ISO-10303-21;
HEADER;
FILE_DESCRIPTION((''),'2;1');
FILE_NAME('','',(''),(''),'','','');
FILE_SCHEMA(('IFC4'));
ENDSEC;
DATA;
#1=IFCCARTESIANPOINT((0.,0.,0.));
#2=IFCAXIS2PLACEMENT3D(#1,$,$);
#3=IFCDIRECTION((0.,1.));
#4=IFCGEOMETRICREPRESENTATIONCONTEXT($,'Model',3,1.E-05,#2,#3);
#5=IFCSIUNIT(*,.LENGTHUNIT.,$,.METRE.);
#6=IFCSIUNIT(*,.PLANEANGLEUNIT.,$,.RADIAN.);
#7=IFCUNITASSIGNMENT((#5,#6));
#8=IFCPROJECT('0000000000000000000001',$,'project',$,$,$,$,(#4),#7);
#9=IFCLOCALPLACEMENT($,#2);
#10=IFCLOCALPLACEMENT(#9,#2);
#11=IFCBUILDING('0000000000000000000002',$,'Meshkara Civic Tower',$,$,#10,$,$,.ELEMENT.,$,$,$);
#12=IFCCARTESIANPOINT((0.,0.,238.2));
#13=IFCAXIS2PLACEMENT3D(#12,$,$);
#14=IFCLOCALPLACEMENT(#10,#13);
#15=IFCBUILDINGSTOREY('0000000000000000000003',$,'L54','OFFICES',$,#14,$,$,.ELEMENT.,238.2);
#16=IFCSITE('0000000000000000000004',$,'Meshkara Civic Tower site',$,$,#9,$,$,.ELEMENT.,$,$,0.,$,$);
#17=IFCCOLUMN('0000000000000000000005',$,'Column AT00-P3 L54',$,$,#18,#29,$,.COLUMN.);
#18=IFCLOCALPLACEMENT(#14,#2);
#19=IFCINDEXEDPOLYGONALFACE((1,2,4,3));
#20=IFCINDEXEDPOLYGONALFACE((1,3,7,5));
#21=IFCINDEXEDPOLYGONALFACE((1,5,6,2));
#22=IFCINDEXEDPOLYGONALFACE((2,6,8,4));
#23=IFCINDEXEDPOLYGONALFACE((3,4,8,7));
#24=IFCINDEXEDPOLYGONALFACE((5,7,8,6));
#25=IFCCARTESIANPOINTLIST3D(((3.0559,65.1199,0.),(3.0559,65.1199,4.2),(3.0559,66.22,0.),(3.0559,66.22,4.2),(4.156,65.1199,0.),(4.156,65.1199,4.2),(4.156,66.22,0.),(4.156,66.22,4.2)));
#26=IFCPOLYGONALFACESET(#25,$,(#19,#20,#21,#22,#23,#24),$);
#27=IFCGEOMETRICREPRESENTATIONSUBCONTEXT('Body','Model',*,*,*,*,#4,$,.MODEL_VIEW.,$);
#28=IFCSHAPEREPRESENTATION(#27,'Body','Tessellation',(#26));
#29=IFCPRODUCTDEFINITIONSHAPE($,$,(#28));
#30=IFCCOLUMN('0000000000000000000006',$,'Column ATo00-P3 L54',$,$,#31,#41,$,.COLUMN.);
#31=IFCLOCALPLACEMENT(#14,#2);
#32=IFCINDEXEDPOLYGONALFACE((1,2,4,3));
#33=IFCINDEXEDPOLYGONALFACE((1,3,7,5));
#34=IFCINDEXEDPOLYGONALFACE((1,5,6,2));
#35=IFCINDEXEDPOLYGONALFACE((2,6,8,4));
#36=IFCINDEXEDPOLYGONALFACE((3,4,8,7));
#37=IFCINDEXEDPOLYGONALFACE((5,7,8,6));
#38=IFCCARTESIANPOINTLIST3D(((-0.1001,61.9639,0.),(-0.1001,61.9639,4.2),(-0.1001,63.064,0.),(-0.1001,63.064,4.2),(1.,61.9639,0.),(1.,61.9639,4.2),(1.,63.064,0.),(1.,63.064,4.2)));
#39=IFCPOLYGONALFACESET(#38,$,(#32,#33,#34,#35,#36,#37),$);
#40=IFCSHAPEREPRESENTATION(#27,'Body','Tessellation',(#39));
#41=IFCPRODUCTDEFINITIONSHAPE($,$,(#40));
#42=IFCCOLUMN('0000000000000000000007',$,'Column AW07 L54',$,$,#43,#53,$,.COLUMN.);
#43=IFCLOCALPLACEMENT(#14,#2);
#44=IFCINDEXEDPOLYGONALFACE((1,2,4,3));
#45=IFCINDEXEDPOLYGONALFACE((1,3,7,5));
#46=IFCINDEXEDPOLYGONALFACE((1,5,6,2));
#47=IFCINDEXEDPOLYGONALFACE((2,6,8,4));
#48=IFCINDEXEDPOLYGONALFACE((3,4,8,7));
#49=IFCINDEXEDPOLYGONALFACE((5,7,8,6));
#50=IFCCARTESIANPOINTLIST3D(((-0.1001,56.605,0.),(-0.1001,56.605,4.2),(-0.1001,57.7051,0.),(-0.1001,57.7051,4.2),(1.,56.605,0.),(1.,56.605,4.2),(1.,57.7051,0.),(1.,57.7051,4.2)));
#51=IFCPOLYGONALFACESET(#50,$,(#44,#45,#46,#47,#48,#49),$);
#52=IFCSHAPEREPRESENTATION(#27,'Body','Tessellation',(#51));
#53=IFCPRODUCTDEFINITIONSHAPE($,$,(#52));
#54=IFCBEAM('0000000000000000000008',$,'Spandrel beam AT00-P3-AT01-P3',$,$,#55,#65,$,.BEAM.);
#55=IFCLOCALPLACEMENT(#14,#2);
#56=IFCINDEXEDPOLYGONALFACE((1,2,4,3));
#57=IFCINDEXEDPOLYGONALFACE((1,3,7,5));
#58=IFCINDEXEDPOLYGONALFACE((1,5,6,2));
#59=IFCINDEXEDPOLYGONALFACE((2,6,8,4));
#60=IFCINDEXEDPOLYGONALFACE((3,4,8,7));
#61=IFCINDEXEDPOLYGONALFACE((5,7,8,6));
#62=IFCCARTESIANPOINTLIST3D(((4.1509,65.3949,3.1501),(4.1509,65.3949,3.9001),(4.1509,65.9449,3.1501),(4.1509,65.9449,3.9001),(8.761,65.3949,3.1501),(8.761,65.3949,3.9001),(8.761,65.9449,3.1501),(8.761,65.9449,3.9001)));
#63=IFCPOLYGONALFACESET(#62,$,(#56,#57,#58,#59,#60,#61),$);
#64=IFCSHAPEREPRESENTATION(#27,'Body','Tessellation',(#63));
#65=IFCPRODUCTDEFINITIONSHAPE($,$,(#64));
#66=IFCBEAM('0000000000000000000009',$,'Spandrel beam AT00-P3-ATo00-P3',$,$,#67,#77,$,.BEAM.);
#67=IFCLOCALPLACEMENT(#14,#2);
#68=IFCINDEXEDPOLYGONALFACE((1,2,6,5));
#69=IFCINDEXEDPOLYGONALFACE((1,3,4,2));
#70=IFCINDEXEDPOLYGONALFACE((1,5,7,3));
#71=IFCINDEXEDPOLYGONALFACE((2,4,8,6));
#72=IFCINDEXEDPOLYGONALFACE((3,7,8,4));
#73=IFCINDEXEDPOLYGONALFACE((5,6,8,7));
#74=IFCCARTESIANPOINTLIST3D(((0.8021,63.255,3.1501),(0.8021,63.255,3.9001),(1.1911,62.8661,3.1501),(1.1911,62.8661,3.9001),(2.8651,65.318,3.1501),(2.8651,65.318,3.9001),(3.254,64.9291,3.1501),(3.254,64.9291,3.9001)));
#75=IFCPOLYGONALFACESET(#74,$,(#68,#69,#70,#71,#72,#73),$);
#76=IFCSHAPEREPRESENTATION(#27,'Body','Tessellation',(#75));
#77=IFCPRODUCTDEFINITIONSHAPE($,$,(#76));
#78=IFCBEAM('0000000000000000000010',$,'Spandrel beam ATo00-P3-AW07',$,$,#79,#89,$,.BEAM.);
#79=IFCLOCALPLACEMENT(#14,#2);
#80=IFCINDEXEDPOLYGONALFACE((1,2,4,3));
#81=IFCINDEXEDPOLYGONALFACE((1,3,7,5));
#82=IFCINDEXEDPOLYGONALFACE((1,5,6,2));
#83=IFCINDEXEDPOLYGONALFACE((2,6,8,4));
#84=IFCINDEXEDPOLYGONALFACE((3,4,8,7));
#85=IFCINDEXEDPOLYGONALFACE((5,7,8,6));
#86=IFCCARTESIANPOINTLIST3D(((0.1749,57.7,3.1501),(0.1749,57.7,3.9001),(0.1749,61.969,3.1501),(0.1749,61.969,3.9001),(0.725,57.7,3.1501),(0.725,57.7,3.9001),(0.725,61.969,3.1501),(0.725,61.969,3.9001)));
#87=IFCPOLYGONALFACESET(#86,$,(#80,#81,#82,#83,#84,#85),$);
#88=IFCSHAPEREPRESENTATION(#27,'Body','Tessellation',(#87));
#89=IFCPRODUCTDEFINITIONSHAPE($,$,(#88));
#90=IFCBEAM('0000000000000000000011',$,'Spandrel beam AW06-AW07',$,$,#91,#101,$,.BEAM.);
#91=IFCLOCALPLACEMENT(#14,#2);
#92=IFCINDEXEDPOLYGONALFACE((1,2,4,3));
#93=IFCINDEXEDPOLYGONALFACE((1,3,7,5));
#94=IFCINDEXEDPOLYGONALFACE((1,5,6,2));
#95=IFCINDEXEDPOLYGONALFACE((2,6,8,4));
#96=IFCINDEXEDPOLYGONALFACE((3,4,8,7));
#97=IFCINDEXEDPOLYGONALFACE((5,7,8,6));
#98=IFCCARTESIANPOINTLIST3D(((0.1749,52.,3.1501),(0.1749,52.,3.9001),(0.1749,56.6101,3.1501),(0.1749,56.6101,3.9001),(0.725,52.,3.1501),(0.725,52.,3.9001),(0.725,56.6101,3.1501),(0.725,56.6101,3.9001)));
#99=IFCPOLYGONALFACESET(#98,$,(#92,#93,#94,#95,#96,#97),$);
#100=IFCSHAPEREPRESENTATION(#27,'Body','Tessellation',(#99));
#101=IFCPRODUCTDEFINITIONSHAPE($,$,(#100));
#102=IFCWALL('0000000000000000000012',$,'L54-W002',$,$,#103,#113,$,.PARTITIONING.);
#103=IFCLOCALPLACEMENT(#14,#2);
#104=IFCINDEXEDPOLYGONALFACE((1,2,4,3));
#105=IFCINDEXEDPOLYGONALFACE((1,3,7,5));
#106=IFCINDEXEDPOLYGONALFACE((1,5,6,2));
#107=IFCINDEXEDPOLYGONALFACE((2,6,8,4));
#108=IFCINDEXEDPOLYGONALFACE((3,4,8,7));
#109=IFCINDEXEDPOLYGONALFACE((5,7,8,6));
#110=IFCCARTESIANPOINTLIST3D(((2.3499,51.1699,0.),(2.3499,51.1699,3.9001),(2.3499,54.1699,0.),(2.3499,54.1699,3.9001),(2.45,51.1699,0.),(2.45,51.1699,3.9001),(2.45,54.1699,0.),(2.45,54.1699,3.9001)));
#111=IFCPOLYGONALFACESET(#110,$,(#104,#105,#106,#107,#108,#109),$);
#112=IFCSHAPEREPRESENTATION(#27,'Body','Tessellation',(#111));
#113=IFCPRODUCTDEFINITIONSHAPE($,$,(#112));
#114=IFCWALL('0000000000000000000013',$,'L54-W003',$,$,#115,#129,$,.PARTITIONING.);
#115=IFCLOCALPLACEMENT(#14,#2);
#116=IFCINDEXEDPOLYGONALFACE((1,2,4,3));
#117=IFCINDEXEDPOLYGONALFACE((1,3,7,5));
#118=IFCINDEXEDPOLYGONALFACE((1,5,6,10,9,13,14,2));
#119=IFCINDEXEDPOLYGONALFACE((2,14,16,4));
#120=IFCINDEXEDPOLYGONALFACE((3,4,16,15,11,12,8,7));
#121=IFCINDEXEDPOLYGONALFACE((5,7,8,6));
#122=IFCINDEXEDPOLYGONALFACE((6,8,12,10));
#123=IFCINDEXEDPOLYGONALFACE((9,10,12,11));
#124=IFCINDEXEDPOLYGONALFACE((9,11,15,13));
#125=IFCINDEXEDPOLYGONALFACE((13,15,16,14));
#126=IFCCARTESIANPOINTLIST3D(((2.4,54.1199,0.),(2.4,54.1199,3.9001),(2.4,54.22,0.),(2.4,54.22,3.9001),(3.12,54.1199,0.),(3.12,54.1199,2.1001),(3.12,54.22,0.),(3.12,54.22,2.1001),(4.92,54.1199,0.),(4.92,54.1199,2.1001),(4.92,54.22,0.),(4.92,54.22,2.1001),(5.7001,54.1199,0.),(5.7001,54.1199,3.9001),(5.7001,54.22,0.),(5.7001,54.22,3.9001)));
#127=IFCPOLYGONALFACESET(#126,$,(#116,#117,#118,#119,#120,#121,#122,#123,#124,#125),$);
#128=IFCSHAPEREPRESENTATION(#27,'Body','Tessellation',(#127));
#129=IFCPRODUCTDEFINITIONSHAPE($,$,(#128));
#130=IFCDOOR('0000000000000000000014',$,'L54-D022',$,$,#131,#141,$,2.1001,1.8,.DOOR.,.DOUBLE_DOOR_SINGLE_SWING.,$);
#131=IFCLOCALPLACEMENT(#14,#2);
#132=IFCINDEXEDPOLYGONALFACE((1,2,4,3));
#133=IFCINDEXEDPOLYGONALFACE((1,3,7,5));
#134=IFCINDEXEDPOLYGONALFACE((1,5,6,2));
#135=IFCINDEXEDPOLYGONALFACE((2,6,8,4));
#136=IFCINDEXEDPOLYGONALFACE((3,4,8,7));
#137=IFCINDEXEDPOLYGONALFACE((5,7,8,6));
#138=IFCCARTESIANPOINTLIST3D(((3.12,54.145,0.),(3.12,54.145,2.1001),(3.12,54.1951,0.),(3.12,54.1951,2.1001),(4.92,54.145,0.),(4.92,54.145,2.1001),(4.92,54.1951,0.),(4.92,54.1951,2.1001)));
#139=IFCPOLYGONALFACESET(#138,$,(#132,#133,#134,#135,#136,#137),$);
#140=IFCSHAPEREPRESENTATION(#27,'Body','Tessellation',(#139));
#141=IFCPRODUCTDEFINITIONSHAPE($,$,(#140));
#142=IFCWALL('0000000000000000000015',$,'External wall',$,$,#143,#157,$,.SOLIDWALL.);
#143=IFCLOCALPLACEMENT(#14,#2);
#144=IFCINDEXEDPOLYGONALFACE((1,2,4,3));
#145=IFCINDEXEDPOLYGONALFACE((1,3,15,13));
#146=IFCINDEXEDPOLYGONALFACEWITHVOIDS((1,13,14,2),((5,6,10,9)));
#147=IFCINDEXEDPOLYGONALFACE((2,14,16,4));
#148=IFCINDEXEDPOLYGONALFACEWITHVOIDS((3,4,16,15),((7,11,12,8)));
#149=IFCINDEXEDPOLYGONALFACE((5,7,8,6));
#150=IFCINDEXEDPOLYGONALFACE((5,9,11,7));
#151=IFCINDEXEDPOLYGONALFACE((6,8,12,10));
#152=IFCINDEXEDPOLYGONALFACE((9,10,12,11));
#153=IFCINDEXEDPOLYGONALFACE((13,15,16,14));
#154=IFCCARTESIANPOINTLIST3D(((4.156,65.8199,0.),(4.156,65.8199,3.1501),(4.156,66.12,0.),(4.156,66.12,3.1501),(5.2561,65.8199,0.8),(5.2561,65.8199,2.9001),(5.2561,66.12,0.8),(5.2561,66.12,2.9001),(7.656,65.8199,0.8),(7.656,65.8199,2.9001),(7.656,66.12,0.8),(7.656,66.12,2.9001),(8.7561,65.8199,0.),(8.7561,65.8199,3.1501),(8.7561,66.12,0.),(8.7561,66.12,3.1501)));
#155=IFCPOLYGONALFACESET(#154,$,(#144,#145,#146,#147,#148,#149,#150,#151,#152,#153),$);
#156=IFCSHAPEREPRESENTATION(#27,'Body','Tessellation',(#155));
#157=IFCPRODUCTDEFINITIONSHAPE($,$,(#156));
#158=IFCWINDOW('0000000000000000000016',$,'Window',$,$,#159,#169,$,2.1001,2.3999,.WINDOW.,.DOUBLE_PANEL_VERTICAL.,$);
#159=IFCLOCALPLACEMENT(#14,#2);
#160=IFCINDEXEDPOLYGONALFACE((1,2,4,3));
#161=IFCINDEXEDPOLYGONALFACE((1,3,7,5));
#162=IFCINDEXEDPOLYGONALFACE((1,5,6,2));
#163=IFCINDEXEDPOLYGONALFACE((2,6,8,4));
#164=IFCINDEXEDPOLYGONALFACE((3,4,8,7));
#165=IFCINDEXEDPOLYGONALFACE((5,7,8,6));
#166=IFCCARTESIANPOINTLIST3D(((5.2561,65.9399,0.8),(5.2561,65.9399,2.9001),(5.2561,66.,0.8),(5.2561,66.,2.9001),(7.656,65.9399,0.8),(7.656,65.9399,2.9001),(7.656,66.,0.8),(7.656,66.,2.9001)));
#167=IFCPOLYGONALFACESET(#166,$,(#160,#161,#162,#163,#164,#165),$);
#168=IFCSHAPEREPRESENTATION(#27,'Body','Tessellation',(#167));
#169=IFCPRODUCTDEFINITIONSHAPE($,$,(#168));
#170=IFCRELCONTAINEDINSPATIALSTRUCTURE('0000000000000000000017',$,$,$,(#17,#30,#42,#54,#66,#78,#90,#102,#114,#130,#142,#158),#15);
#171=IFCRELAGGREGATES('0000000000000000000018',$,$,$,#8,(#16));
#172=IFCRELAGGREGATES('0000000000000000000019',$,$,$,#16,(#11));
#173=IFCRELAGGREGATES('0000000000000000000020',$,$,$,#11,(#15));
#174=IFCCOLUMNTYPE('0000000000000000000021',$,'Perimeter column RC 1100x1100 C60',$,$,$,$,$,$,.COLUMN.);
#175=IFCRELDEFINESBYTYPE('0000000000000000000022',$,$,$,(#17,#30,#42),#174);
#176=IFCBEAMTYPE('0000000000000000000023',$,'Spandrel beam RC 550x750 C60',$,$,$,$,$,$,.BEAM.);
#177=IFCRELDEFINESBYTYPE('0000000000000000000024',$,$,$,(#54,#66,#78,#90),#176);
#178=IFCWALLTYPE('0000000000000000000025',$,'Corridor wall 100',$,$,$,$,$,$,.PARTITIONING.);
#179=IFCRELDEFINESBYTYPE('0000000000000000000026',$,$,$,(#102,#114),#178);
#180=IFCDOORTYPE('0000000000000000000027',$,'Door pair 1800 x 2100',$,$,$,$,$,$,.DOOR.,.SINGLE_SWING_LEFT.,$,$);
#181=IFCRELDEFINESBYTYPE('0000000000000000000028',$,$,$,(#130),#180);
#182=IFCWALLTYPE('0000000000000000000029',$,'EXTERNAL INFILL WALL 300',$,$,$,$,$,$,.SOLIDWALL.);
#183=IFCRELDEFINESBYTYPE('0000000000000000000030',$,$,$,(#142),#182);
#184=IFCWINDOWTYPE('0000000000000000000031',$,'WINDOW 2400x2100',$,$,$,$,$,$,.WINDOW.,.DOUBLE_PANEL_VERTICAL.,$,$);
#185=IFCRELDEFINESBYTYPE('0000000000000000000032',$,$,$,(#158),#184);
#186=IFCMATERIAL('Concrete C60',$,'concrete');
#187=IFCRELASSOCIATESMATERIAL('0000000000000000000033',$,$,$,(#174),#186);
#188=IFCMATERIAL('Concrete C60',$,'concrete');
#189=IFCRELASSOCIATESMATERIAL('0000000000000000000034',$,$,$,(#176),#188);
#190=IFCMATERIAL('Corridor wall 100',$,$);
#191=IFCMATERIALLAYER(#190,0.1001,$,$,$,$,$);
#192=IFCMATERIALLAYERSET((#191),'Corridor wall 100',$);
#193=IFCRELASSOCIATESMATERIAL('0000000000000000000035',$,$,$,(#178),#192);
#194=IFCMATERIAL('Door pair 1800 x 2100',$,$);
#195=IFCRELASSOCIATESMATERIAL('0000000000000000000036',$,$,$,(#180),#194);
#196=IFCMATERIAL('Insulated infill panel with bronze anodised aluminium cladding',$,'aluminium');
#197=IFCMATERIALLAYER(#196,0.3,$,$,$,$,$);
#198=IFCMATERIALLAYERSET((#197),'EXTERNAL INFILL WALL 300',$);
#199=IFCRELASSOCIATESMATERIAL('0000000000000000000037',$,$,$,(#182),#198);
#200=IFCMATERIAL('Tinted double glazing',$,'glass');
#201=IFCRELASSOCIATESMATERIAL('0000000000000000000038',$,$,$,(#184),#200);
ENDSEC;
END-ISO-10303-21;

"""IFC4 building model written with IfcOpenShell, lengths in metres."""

from ifc_helpers import new_model, si_unit, direction, frame, frame_2d, origin, origin_2d, place, context, subcontext, project, spatial, rectangle, extrude, material, layer, layer_set, material_profile, profile_set, type_object, element, fill, save


model = new_model("IFC4")

# Units and contexts
model_context = context("Model", 3, precision=1e-05, world=origin(), true_north=direction((0.0, 1.0)))
body_context = subcontext(model_context, "Body", "Model", "MODEL_VIEW")
ifc_project = project(units=[si_unit("LENGTHUNIT", "METRE"), si_unit("PLANEANGLEUNIT", "RADIAN")], contexts=[model_context])

# Site, building, storey
site_placement = place(None, origin())
site = spatial("IfcSite", under=ifc_project, at=site_placement, Name="Meshkara Civic Tower site", CompositionType="ELEMENT", RefElevation=0.0)
building_placement = place(site_placement, origin())
building = spatial("IfcBuilding", under=site, at=building_placement, Name="Meshkara Civic Tower", CompositionType="ELEMENT")
storey_placement = place(building_placement, frame((0.0, 0.0, 238.2)))
storey = spatial("IfcBuildingStorey", under=building, at=storey_placement, Name="L54", Description="OFFICES", CompositionType="ELEMENT", Elevation=238.2)

# Columns
ifc_material_1 = material(Name="Concrete C60", Category="concrete")
ifc_material_profile_1 = material_profile(ifc_material_1, rectangle(XDim=1.1001, YDim=1.1001, at=origin_2d()))
ifc_profile_set_1 = profile_set([ifc_material_profile_1], Name="Concrete C60")
column_type = type_object("IfcColumnType", Name="Perimeter column RC 1100x1100 C60", PredefinedType="COLUMN", material=ifc_profile_set_1)
for number, where, z_axis, x_axis, name in (
    (1, (3.606, 65.6699, 0.0), (0.0, 0.0, 1.0), (1.0, 0.0, 0.0), "Column AT00-P3 L54"),
    (2, (0.45, 62.5139, 0.0), (0.0, 0.0, 1.0), (1.0, 0.0, 0.0), "Column ATo00-P3 L54"),
    (3, (0.45, 57.155, 0.0), (0.0, 0.0, 1.0), (1.0, 0.0, 0.0), "Column AW07 L54"),
):
    element("IfcColumn", number, at=place(storey_placement, frame(where, z_axis=z_axis, x_axis=x_axis)), inside=storey, type_object=column_type, Name=name, PredefinedType="COLUMN", context=body_context, shape_type="SweptSolid", body=[
        extrude(rectangle(XDim=1.1001, YDim=1.1001, at=origin_2d()), origin(), (0.0, 0.0, 1.0), 4.2),
    ])

# Beams
ifc_material_2 = material(Name="Concrete C60", Category="concrete")
ifc_material_profile_2 = material_profile(ifc_material_2, rectangle(XDim=0.55, YDim=0.75, at=origin_2d()))
ifc_profile_set_2 = profile_set([ifc_material_profile_2], Name="Concrete C60")
beam_type = type_object("IfcBeamType", Name="Spandrel beam RC 550x750 C60", PredefinedType="BEAM", material=ifc_profile_set_2)
beam_1_placement = place(storey_placement, frame((8.761, 65.6699, 3.5251), z_axis=(-1.0, 0.0, 0.0), x_axis=(0.0, -1.0, 0.0)))
element("IfcBeam", 4, at=beam_1_placement, inside=storey, type_object=beam_type, Name="Spandrel beam AT00-P3-AT01-P3", PredefinedType="BEAM", context=body_context, shape_type="SweptSolid", body=[
    extrude(rectangle(XDim=0.55, YDim=0.75, at=origin_2d()), origin(), (0.0, 0.0, 1.0), 4.6101),
])
beam_2_placement = place(storey_placement, frame((3.0596, 65.1235, 3.5251), z_axis=(-0.707107, -0.707107, 0.0), x_axis=(0.707107, -0.707107, 0.0)))
element("IfcBeam", 5, at=beam_2_placement, inside=storey, type_object=beam_type, Name="Spandrel beam AT00-P3-ATo00-P3", PredefinedType="BEAM", context=body_context, shape_type="SweptSolid", body=[
    extrude(rectangle(XDim=0.55, YDim=0.75, at=origin_2d()), origin(), (0.0, 0.0, 1.0), 2.9175),
])
beam_3_placement = place(storey_placement, frame((0.45, 61.969, 3.5251), z_axis=(0.0, -1.0, 0.0), x_axis=(1.0, 0.0, 0.0)))
element("IfcBeam", 6, at=beam_3_placement, inside=storey, type_object=beam_type, Name="Spandrel beam ATo00-P3-AW07", PredefinedType="BEAM", context=body_context, shape_type="SweptSolid", body=[
    extrude(rectangle(XDim=0.55, YDim=0.75, at=origin_2d()), origin(), (0.0, 0.0, 1.0), 4.269),
])
beam_4_placement = place(storey_placement, frame((0.45, 56.6101, 3.5251), z_axis=(0.0, -1.0, 0.0), x_axis=(1.0, 0.0, 0.0)))
element("IfcBeam", 7, at=beam_4_placement, inside=storey, type_object=beam_type, Name="Spandrel beam AW06-AW07", PredefinedType="BEAM", context=body_context, shape_type="SweptSolid", body=[
    extrude(rectangle(XDim=0.55, YDim=0.75, at=origin_2d()), origin(), (0.0, 0.0, 1.0), 4.6101),
])

# Wall
ifc_material_3 = material(Name="Corridor wall 100")
ifc_layer_1 = layer(ifc_material_3, 0.1001)
ifc_layer_set_1 = layer_set([ifc_layer_1], Name="Corridor wall 100")
wall_type_1 = type_object("IfcWallType", Name="Corridor wall 100", PredefinedType="PARTITIONING", material=ifc_layer_set_1)
wall_1_placement = place(storey_placement, frame((2.3999, 54.1699, 0.0), z_axis=(0.0, 0.0, 1.0), x_axis=(0.0, -1.0, 0.0)))
element("IfcWall", 8, at=wall_1_placement, inside=storey, type_object=wall_type_1, Name="L54-W002", PredefinedType="PARTITIONING", context=body_context, shape_type="SweptSolid", body=[
    extrude(rectangle(XDim=3.0, YDim=0.1001, at=frame_2d((1.5, 0.0))), origin(), (0.0, 0.0, 1.0), 3.9001),
])

# Wall, opening, door
wall_2_placement = place(storey_placement, frame((5.7, 54.1699, 0.0), z_axis=(0.0, 0.0, 1.0), x_axis=(-1.0, 0.0, 0.0)))
wall_2 = element("IfcWall", 9, at=wall_2_placement, inside=storey, type_object=wall_type_1, Name="L54-W003", PredefinedType="PARTITIONING", context=body_context, shape_type="SweptSolid", body=[
    extrude(rectangle(XDim=3.3, YDim=0.1001, at=frame_2d((1.6499, 0.0))), origin(), (0.0, 0.0, 1.0), 3.9001),
])
opening_1_placement = place(wall_2_placement, frame((0.78, 0.0, 0.0)))
opening_1 = element("IfcOpeningElement", 10, at=opening_1_placement, cuts=wall_2, PredefinedType="OPENING", context=body_context, shape_type="SweptSolid", body=[
    extrude(rectangle(XDim=1.8, YDim=2.1001, at=frame_2d((0.8999, 1.05))), frame((0.0, 0.0601, 0.0), z_axis=(0.0, -1.0, 0.0), x_axis=(1.0, 0.0, 0.0)), (0.0, 0.0, 1.0), 0.1201),
])
ifc_material_4 = material(Name="Door pair 1800 x 2100")
door_type_1 = type_object("IfcDoorType", Name="Door pair 1800 x 2100", OperationType="SINGLE_SWING_LEFT", PredefinedType="DOOR", material=ifc_material_4)
door_1_placement = place(opening_1_placement, origin())
door_1 = element("IfcDoor", 11, at=door_1_placement, inside=storey, type_object=door_type_1, Name="L54-D022", OperationType="DOUBLE_DOOR_SINGLE_SWING", OverallHeight=2.1001, OverallWidth=1.8, PredefinedType="DOOR", context=body_context, shape_type="SweptSolid", body=[
    extrude(rectangle(XDim=1.8, YDim=2.1001, at=frame_2d((0.8999, 1.05))), frame((0.0, 0.0249, 0.0), z_axis=(0.0, -1.0, 0.0), x_axis=(1.0, 0.0, 0.0)), (0.0, 0.0, 1.0), 0.05),
])
fill(opening_1, door_1)

# Wall, opening, window
ifc_material_5 = material(Name="Insulated infill panel with bronze anodised aluminium cladding", Category="aluminium")
ifc_layer_2 = layer(ifc_material_5, 0.3)
ifc_layer_set_2 = layer_set([ifc_layer_2], Name="EXTERNAL INFILL WALL 300")
wall_type_2 = type_object("IfcWallType", Name="EXTERNAL INFILL WALL 300", PredefinedType="SOLIDWALL", material=ifc_layer_set_2)
wall_3_placement = place(storey_placement, frame((8.7561, 65.97, 0.0), z_axis=(0.0, 0.0, 1.0), x_axis=(-1.0, 0.0, 0.0)))
wall_3 = element("IfcWall", 12, at=wall_3_placement, inside=storey, type_object=wall_type_2, Name="External wall", PredefinedType="SOLIDWALL", context=body_context, shape_type="SweptSolid", body=[
    extrude(rectangle(XDim=4.6001, YDim=0.3, at=frame_2d((2.3, 0.0))), origin(), (0.0, 0.0, 1.0), 3.1501),
])
opening_2_placement = place(wall_3_placement, frame((1.1001, 0.0, 0.8)))
opening_2 = element("IfcOpeningElement", 13, at=opening_2_placement, cuts=wall_3, PredefinedType="OPENING", context=body_context, shape_type="SweptSolid", body=[
    extrude(rectangle(XDim=2.3999, YDim=2.1001, at=frame_2d((1.2, 1.05))), frame((0.0, 0.1599, 0.0), z_axis=(0.0, -1.0, 0.0), x_axis=(1.0, 0.0, 0.0)), (0.0, 0.0, 1.0), 0.3201),
])
ifc_material_6 = material(Name="Tinted double glazing", Category="glass")
window_type_1 = type_object("IfcWindowType", Name="WINDOW 2400x2100", PartitioningType="DOUBLE_PANEL_VERTICAL", PredefinedType="WINDOW", material=ifc_material_6)
window_1_placement = place(opening_2_placement, origin())
window_1 = element("IfcWindow", 14, at=window_1_placement, inside=storey, type_object=window_type_1, Name="Window", OverallHeight=2.1001, OverallWidth=2.3999, PartitioningType="DOUBLE_PANEL_VERTICAL", PredefinedType="WINDOW", context=body_context, shape_type="SweptSolid", body=[
    extrude(rectangle(XDim=2.3999, YDim=2.1001, at=frame_2d((1.2, 1.05))), frame((0.0, 0.03, 0.0), z_axis=(0.0, -1.0, 0.0), x_axis=(1.0, 0.0, 0.0)), (0.0, 0.0, 1.0), 0.0601),
])
fill(opening_2, window_1)

save(model, "model.ifc")
